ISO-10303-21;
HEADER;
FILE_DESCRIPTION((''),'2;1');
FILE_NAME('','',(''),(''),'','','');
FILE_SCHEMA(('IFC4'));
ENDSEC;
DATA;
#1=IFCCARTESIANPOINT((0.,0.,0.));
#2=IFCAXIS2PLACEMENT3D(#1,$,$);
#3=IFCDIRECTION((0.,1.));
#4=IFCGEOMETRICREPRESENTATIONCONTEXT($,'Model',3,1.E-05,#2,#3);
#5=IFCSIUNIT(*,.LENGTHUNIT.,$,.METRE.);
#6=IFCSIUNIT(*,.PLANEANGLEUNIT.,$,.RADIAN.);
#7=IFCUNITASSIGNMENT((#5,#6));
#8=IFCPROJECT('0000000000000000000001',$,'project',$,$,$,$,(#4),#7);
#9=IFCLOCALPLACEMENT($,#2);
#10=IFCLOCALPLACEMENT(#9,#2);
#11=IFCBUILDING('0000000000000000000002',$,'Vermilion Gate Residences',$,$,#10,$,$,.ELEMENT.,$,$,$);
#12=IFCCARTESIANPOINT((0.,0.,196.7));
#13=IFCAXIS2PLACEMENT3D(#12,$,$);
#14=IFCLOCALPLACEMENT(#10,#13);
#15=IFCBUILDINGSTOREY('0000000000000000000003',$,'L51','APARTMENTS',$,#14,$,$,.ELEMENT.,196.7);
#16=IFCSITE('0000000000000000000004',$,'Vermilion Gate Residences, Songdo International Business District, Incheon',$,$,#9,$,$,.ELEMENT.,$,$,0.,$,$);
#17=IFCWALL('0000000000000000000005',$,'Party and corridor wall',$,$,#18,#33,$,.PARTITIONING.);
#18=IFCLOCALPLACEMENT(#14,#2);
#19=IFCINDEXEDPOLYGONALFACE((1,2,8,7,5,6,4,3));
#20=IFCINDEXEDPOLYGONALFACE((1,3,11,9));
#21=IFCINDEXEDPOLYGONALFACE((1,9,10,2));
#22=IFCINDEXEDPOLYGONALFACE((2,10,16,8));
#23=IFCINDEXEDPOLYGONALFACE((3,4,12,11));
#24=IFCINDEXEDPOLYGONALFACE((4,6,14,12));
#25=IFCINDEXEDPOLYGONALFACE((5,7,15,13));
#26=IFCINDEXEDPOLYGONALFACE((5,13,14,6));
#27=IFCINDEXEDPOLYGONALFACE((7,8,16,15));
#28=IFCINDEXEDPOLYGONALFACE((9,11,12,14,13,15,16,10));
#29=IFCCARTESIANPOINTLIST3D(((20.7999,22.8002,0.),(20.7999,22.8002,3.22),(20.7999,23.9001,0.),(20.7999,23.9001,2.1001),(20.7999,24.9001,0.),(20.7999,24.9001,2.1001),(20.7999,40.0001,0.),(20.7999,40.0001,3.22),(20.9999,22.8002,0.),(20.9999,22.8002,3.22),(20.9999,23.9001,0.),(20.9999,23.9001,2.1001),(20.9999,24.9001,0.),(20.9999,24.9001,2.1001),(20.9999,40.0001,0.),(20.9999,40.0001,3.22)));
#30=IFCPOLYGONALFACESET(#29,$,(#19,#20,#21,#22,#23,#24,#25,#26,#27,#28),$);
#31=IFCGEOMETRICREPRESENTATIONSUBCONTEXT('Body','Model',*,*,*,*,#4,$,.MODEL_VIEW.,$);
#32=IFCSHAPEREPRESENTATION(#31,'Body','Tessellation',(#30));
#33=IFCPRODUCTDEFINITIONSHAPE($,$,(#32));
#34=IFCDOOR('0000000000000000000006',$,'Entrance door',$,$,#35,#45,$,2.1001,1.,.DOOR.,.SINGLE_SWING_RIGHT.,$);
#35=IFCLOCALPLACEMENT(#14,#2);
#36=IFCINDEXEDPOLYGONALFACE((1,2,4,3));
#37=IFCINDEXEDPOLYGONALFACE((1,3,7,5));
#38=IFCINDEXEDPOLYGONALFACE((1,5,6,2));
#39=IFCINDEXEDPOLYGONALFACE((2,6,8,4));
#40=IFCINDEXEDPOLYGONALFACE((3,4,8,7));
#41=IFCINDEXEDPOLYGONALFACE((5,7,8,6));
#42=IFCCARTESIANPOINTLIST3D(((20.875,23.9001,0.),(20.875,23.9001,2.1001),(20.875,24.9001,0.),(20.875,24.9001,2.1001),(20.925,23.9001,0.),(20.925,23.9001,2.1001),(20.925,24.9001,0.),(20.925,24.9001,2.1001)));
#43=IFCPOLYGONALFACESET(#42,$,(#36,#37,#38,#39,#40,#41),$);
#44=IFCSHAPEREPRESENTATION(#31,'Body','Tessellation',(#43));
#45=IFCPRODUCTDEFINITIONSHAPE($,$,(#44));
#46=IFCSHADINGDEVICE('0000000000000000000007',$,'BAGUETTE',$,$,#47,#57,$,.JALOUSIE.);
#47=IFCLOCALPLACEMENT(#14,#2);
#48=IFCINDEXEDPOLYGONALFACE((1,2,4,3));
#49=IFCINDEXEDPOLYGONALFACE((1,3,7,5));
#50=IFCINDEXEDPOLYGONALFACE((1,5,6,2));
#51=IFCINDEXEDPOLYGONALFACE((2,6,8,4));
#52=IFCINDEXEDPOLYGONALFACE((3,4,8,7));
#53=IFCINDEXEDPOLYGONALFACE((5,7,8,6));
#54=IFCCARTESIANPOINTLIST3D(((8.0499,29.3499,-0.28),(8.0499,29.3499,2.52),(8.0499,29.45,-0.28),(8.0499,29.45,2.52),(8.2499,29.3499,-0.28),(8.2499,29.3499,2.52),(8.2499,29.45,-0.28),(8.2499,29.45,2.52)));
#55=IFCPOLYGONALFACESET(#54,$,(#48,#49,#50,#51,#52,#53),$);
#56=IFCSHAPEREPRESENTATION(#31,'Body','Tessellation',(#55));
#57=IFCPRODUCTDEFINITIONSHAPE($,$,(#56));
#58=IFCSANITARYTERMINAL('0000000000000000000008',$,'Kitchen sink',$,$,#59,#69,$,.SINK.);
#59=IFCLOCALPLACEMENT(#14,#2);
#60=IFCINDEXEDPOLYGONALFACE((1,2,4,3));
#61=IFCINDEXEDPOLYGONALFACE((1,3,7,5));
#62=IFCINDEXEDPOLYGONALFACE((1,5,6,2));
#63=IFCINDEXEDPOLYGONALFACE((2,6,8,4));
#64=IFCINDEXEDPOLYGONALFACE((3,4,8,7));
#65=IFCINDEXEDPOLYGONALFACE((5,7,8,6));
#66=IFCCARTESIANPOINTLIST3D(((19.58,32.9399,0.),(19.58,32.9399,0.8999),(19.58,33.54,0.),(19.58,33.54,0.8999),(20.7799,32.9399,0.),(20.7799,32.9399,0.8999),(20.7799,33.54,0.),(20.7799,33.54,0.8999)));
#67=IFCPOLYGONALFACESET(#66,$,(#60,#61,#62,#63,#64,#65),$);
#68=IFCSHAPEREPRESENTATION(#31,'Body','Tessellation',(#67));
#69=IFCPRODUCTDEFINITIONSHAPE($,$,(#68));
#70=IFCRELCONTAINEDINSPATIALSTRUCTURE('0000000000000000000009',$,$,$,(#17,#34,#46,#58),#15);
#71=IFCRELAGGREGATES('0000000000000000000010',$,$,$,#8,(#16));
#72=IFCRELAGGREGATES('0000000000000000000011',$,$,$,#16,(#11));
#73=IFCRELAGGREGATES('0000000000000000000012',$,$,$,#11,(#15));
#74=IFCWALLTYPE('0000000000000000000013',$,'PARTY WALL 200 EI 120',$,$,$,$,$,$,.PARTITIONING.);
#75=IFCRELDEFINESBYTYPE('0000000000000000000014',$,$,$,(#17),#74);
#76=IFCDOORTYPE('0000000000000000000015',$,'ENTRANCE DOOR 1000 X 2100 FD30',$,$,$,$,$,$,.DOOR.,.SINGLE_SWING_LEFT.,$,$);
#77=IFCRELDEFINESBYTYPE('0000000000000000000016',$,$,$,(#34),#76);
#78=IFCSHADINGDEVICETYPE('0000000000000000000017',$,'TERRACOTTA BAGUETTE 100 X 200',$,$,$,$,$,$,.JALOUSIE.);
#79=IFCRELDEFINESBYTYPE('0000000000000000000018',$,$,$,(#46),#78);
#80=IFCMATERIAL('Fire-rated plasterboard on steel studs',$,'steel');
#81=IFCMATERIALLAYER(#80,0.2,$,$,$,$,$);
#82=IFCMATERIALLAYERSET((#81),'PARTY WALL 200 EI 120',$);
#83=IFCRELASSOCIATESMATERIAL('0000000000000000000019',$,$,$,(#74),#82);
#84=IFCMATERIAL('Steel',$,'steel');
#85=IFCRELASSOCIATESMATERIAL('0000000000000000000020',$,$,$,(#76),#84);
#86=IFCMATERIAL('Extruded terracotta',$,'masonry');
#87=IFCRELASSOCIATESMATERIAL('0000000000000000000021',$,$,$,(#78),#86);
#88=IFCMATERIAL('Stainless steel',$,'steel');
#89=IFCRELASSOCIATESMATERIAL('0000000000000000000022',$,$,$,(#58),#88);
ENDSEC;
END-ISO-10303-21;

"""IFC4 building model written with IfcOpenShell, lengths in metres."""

from ifc_helpers import new_model, si_unit, direction, frame, frame_2d, origin, origin_2d, place, context, subcontext, project, spatial, rectangle, extrude, material, layer, layer_set, material_profile, profile_set, type_object, element, fill, save


model = new_model("IFC4")

# Units and contexts
model_context = context("Model", 3, precision=1e-05, world=origin(), true_north=direction((0.0, 1.0)))
body_context = subcontext(model_context, "Body", "Model", "MODEL_VIEW")
ifc_project = project(units=[si_unit("LENGTHUNIT", "METRE"), si_unit("PLANEANGLEUNIT", "RADIAN")], contexts=[model_context])

# Site, building, storey
site_placement = place(None, origin())
site = spatial("IfcSite", under=ifc_project, at=site_placement, Name="Vermilion Gate Residences, Songdo International Business District, Incheon", CompositionType="ELEMENT", RefElevation=0.0)
building_placement = place(site_placement, origin())
building = spatial("IfcBuilding", under=site, at=building_placement, Name="Vermilion Gate Residences", CompositionType="ELEMENT")
storey_placement = place(building_placement, frame((0.0, 0.0, 196.7)))
storey = spatial("IfcBuildingStorey", under=building, at=storey_placement, Name="L51", Description="APARTMENTS", CompositionType="ELEMENT", Elevation=196.7)

# Shared definitions
ifc_material_1 = material(Name="Fire-rated plasterboard on steel studs", Category="steel")
ifc_layer_1 = layer(ifc_material_1, 0.2)
ifc_layer_set_1 = layer_set([ifc_layer_1], Name="PARTY WALL 200 EI 120")
wall_type_1 = type_object("IfcWallType", Name="PARTY WALL 200 EI 120", PredefinedType="PARTITIONING", material=ifc_layer_set_1)

# Wall, opening, door
wall_1_placement = place(storey_placement, frame((20.8999, 22.8, 0.0), z_axis=(0.0, 0.0, 1.0), x_axis=(0.0, 1.0, 0.0)))
wall_1 = element("IfcWall", 1, at=wall_1_placement, inside=storey, type_object=wall_type_1, Name="Party and corridor wall", PredefinedType="PARTITIONING", context=body_context, shape_type="SweptSolid", body=[
    extrude(rectangle(XDim=17.2, YDim=0.2, at=frame_2d((8.6001, 0.0))), origin(), (0.0, 0.0, 1.0), 3.22),
])
opening_1_placement = place(wall_1_placement, frame((1.1001, 0.0, 0.0)))
opening_1 = element("IfcOpeningElement", 2, at=opening_1_placement, cuts=wall_1, PredefinedType="OPENING", context=body_context, shape_type="SweptSolid", body=[
    extrude(rectangle(XDim=1.0, YDim=2.1001, at=frame_2d((0.5, 1.05))), frame((0.0, 0.1099, 0.0), z_axis=(0.0, -1.0, 0.0), x_axis=(1.0, 0.0, 0.0)), (0.0, 0.0, 1.0), 0.22),
])
ifc_material_2 = material(Name="Steel", Category="steel")
door_type_1 = type_object("IfcDoorType", Name="ENTRANCE DOOR 1000 X 2100 FD30", OperationType="SINGLE_SWING_LEFT", PredefinedType="DOOR", material=ifc_material_2)
door_1_placement = place(opening_1_placement, origin())
door_1 = element("IfcDoor", 3, at=door_1_placement, inside=storey, type_object=door_type_1, Name="Entrance door", OperationType="SINGLE_SWING_RIGHT", OverallHeight=2.1001, OverallWidth=1.0, PredefinedType="DOOR", context=body_context, shape_type="SweptSolid", body=[
    extrude(rectangle(XDim=1.0, YDim=2.1001, at=frame_2d((0.5, 1.05))), frame((0.0, 0.0249, 0.0), z_axis=(0.0, -1.0, 0.0), x_axis=(1.0, 0.0, 0.0)), (0.0, 0.0, 1.0), 0.05),
])
fill(opening_1, door_1)

# Shading device
ifc_material_3 = material(Name="Extruded terracotta", Category="masonry")
ifc_material_profile_1 = material_profile(ifc_material_3, rectangle(XDim=0.2, YDim=0.1001, at=origin_2d()), Name="BAGUETTE 100 X 200")
ifc_profile_set_1 = profile_set([ifc_material_profile_1], Name="Extruded terracotta")
shading_device_type = type_object("IfcShadingDeviceType", Name="TERRACOTTA BAGUETTE 100 X 200", PredefinedType="JALOUSIE", material=ifc_profile_set_1)
shading_device_placement = place(storey_placement, frame((8.1499, 29.3999, -0.28), z_axis=(0.0, 0.0, 1.0), x_axis=(1.0, 0.0, 0.0)))
element("IfcShadingDevice", 4, at=shading_device_placement, inside=storey, type_object=shading_device_type, Name="BAGUETTE", PredefinedType="JALOUSIE", context=body_context, shape_type="SweptSolid", body=[
    extrude(rectangle(XDim=0.2, YDim=0.1001, at=origin_2d()), origin(), (0.0, 0.0, 1.0), 2.8),
])

# Sanitary terminal
ifc_material_4 = material(Name="Stainless steel", Category="steel")
sanitary_terminal_placement = place(storey_placement, frame((20.1799, 33.24, 0.0), z_axis=(0.0, 0.0, 1.0), x_axis=(1.0, 0.0, 0.0)))
element("IfcSanitaryTerminal", 5, at=sanitary_terminal_placement, inside=storey, material=ifc_material_4, Name="Kitchen sink", PredefinedType="SINK", context=body_context, shape_type="SweptSolid", body=[
    extrude(rectangle(XDim=1.2, YDim=0.6001, at=origin_2d()), origin(), (0.0, 0.0, 1.0), 0.8999),
])

save(model, "model.ifc")
